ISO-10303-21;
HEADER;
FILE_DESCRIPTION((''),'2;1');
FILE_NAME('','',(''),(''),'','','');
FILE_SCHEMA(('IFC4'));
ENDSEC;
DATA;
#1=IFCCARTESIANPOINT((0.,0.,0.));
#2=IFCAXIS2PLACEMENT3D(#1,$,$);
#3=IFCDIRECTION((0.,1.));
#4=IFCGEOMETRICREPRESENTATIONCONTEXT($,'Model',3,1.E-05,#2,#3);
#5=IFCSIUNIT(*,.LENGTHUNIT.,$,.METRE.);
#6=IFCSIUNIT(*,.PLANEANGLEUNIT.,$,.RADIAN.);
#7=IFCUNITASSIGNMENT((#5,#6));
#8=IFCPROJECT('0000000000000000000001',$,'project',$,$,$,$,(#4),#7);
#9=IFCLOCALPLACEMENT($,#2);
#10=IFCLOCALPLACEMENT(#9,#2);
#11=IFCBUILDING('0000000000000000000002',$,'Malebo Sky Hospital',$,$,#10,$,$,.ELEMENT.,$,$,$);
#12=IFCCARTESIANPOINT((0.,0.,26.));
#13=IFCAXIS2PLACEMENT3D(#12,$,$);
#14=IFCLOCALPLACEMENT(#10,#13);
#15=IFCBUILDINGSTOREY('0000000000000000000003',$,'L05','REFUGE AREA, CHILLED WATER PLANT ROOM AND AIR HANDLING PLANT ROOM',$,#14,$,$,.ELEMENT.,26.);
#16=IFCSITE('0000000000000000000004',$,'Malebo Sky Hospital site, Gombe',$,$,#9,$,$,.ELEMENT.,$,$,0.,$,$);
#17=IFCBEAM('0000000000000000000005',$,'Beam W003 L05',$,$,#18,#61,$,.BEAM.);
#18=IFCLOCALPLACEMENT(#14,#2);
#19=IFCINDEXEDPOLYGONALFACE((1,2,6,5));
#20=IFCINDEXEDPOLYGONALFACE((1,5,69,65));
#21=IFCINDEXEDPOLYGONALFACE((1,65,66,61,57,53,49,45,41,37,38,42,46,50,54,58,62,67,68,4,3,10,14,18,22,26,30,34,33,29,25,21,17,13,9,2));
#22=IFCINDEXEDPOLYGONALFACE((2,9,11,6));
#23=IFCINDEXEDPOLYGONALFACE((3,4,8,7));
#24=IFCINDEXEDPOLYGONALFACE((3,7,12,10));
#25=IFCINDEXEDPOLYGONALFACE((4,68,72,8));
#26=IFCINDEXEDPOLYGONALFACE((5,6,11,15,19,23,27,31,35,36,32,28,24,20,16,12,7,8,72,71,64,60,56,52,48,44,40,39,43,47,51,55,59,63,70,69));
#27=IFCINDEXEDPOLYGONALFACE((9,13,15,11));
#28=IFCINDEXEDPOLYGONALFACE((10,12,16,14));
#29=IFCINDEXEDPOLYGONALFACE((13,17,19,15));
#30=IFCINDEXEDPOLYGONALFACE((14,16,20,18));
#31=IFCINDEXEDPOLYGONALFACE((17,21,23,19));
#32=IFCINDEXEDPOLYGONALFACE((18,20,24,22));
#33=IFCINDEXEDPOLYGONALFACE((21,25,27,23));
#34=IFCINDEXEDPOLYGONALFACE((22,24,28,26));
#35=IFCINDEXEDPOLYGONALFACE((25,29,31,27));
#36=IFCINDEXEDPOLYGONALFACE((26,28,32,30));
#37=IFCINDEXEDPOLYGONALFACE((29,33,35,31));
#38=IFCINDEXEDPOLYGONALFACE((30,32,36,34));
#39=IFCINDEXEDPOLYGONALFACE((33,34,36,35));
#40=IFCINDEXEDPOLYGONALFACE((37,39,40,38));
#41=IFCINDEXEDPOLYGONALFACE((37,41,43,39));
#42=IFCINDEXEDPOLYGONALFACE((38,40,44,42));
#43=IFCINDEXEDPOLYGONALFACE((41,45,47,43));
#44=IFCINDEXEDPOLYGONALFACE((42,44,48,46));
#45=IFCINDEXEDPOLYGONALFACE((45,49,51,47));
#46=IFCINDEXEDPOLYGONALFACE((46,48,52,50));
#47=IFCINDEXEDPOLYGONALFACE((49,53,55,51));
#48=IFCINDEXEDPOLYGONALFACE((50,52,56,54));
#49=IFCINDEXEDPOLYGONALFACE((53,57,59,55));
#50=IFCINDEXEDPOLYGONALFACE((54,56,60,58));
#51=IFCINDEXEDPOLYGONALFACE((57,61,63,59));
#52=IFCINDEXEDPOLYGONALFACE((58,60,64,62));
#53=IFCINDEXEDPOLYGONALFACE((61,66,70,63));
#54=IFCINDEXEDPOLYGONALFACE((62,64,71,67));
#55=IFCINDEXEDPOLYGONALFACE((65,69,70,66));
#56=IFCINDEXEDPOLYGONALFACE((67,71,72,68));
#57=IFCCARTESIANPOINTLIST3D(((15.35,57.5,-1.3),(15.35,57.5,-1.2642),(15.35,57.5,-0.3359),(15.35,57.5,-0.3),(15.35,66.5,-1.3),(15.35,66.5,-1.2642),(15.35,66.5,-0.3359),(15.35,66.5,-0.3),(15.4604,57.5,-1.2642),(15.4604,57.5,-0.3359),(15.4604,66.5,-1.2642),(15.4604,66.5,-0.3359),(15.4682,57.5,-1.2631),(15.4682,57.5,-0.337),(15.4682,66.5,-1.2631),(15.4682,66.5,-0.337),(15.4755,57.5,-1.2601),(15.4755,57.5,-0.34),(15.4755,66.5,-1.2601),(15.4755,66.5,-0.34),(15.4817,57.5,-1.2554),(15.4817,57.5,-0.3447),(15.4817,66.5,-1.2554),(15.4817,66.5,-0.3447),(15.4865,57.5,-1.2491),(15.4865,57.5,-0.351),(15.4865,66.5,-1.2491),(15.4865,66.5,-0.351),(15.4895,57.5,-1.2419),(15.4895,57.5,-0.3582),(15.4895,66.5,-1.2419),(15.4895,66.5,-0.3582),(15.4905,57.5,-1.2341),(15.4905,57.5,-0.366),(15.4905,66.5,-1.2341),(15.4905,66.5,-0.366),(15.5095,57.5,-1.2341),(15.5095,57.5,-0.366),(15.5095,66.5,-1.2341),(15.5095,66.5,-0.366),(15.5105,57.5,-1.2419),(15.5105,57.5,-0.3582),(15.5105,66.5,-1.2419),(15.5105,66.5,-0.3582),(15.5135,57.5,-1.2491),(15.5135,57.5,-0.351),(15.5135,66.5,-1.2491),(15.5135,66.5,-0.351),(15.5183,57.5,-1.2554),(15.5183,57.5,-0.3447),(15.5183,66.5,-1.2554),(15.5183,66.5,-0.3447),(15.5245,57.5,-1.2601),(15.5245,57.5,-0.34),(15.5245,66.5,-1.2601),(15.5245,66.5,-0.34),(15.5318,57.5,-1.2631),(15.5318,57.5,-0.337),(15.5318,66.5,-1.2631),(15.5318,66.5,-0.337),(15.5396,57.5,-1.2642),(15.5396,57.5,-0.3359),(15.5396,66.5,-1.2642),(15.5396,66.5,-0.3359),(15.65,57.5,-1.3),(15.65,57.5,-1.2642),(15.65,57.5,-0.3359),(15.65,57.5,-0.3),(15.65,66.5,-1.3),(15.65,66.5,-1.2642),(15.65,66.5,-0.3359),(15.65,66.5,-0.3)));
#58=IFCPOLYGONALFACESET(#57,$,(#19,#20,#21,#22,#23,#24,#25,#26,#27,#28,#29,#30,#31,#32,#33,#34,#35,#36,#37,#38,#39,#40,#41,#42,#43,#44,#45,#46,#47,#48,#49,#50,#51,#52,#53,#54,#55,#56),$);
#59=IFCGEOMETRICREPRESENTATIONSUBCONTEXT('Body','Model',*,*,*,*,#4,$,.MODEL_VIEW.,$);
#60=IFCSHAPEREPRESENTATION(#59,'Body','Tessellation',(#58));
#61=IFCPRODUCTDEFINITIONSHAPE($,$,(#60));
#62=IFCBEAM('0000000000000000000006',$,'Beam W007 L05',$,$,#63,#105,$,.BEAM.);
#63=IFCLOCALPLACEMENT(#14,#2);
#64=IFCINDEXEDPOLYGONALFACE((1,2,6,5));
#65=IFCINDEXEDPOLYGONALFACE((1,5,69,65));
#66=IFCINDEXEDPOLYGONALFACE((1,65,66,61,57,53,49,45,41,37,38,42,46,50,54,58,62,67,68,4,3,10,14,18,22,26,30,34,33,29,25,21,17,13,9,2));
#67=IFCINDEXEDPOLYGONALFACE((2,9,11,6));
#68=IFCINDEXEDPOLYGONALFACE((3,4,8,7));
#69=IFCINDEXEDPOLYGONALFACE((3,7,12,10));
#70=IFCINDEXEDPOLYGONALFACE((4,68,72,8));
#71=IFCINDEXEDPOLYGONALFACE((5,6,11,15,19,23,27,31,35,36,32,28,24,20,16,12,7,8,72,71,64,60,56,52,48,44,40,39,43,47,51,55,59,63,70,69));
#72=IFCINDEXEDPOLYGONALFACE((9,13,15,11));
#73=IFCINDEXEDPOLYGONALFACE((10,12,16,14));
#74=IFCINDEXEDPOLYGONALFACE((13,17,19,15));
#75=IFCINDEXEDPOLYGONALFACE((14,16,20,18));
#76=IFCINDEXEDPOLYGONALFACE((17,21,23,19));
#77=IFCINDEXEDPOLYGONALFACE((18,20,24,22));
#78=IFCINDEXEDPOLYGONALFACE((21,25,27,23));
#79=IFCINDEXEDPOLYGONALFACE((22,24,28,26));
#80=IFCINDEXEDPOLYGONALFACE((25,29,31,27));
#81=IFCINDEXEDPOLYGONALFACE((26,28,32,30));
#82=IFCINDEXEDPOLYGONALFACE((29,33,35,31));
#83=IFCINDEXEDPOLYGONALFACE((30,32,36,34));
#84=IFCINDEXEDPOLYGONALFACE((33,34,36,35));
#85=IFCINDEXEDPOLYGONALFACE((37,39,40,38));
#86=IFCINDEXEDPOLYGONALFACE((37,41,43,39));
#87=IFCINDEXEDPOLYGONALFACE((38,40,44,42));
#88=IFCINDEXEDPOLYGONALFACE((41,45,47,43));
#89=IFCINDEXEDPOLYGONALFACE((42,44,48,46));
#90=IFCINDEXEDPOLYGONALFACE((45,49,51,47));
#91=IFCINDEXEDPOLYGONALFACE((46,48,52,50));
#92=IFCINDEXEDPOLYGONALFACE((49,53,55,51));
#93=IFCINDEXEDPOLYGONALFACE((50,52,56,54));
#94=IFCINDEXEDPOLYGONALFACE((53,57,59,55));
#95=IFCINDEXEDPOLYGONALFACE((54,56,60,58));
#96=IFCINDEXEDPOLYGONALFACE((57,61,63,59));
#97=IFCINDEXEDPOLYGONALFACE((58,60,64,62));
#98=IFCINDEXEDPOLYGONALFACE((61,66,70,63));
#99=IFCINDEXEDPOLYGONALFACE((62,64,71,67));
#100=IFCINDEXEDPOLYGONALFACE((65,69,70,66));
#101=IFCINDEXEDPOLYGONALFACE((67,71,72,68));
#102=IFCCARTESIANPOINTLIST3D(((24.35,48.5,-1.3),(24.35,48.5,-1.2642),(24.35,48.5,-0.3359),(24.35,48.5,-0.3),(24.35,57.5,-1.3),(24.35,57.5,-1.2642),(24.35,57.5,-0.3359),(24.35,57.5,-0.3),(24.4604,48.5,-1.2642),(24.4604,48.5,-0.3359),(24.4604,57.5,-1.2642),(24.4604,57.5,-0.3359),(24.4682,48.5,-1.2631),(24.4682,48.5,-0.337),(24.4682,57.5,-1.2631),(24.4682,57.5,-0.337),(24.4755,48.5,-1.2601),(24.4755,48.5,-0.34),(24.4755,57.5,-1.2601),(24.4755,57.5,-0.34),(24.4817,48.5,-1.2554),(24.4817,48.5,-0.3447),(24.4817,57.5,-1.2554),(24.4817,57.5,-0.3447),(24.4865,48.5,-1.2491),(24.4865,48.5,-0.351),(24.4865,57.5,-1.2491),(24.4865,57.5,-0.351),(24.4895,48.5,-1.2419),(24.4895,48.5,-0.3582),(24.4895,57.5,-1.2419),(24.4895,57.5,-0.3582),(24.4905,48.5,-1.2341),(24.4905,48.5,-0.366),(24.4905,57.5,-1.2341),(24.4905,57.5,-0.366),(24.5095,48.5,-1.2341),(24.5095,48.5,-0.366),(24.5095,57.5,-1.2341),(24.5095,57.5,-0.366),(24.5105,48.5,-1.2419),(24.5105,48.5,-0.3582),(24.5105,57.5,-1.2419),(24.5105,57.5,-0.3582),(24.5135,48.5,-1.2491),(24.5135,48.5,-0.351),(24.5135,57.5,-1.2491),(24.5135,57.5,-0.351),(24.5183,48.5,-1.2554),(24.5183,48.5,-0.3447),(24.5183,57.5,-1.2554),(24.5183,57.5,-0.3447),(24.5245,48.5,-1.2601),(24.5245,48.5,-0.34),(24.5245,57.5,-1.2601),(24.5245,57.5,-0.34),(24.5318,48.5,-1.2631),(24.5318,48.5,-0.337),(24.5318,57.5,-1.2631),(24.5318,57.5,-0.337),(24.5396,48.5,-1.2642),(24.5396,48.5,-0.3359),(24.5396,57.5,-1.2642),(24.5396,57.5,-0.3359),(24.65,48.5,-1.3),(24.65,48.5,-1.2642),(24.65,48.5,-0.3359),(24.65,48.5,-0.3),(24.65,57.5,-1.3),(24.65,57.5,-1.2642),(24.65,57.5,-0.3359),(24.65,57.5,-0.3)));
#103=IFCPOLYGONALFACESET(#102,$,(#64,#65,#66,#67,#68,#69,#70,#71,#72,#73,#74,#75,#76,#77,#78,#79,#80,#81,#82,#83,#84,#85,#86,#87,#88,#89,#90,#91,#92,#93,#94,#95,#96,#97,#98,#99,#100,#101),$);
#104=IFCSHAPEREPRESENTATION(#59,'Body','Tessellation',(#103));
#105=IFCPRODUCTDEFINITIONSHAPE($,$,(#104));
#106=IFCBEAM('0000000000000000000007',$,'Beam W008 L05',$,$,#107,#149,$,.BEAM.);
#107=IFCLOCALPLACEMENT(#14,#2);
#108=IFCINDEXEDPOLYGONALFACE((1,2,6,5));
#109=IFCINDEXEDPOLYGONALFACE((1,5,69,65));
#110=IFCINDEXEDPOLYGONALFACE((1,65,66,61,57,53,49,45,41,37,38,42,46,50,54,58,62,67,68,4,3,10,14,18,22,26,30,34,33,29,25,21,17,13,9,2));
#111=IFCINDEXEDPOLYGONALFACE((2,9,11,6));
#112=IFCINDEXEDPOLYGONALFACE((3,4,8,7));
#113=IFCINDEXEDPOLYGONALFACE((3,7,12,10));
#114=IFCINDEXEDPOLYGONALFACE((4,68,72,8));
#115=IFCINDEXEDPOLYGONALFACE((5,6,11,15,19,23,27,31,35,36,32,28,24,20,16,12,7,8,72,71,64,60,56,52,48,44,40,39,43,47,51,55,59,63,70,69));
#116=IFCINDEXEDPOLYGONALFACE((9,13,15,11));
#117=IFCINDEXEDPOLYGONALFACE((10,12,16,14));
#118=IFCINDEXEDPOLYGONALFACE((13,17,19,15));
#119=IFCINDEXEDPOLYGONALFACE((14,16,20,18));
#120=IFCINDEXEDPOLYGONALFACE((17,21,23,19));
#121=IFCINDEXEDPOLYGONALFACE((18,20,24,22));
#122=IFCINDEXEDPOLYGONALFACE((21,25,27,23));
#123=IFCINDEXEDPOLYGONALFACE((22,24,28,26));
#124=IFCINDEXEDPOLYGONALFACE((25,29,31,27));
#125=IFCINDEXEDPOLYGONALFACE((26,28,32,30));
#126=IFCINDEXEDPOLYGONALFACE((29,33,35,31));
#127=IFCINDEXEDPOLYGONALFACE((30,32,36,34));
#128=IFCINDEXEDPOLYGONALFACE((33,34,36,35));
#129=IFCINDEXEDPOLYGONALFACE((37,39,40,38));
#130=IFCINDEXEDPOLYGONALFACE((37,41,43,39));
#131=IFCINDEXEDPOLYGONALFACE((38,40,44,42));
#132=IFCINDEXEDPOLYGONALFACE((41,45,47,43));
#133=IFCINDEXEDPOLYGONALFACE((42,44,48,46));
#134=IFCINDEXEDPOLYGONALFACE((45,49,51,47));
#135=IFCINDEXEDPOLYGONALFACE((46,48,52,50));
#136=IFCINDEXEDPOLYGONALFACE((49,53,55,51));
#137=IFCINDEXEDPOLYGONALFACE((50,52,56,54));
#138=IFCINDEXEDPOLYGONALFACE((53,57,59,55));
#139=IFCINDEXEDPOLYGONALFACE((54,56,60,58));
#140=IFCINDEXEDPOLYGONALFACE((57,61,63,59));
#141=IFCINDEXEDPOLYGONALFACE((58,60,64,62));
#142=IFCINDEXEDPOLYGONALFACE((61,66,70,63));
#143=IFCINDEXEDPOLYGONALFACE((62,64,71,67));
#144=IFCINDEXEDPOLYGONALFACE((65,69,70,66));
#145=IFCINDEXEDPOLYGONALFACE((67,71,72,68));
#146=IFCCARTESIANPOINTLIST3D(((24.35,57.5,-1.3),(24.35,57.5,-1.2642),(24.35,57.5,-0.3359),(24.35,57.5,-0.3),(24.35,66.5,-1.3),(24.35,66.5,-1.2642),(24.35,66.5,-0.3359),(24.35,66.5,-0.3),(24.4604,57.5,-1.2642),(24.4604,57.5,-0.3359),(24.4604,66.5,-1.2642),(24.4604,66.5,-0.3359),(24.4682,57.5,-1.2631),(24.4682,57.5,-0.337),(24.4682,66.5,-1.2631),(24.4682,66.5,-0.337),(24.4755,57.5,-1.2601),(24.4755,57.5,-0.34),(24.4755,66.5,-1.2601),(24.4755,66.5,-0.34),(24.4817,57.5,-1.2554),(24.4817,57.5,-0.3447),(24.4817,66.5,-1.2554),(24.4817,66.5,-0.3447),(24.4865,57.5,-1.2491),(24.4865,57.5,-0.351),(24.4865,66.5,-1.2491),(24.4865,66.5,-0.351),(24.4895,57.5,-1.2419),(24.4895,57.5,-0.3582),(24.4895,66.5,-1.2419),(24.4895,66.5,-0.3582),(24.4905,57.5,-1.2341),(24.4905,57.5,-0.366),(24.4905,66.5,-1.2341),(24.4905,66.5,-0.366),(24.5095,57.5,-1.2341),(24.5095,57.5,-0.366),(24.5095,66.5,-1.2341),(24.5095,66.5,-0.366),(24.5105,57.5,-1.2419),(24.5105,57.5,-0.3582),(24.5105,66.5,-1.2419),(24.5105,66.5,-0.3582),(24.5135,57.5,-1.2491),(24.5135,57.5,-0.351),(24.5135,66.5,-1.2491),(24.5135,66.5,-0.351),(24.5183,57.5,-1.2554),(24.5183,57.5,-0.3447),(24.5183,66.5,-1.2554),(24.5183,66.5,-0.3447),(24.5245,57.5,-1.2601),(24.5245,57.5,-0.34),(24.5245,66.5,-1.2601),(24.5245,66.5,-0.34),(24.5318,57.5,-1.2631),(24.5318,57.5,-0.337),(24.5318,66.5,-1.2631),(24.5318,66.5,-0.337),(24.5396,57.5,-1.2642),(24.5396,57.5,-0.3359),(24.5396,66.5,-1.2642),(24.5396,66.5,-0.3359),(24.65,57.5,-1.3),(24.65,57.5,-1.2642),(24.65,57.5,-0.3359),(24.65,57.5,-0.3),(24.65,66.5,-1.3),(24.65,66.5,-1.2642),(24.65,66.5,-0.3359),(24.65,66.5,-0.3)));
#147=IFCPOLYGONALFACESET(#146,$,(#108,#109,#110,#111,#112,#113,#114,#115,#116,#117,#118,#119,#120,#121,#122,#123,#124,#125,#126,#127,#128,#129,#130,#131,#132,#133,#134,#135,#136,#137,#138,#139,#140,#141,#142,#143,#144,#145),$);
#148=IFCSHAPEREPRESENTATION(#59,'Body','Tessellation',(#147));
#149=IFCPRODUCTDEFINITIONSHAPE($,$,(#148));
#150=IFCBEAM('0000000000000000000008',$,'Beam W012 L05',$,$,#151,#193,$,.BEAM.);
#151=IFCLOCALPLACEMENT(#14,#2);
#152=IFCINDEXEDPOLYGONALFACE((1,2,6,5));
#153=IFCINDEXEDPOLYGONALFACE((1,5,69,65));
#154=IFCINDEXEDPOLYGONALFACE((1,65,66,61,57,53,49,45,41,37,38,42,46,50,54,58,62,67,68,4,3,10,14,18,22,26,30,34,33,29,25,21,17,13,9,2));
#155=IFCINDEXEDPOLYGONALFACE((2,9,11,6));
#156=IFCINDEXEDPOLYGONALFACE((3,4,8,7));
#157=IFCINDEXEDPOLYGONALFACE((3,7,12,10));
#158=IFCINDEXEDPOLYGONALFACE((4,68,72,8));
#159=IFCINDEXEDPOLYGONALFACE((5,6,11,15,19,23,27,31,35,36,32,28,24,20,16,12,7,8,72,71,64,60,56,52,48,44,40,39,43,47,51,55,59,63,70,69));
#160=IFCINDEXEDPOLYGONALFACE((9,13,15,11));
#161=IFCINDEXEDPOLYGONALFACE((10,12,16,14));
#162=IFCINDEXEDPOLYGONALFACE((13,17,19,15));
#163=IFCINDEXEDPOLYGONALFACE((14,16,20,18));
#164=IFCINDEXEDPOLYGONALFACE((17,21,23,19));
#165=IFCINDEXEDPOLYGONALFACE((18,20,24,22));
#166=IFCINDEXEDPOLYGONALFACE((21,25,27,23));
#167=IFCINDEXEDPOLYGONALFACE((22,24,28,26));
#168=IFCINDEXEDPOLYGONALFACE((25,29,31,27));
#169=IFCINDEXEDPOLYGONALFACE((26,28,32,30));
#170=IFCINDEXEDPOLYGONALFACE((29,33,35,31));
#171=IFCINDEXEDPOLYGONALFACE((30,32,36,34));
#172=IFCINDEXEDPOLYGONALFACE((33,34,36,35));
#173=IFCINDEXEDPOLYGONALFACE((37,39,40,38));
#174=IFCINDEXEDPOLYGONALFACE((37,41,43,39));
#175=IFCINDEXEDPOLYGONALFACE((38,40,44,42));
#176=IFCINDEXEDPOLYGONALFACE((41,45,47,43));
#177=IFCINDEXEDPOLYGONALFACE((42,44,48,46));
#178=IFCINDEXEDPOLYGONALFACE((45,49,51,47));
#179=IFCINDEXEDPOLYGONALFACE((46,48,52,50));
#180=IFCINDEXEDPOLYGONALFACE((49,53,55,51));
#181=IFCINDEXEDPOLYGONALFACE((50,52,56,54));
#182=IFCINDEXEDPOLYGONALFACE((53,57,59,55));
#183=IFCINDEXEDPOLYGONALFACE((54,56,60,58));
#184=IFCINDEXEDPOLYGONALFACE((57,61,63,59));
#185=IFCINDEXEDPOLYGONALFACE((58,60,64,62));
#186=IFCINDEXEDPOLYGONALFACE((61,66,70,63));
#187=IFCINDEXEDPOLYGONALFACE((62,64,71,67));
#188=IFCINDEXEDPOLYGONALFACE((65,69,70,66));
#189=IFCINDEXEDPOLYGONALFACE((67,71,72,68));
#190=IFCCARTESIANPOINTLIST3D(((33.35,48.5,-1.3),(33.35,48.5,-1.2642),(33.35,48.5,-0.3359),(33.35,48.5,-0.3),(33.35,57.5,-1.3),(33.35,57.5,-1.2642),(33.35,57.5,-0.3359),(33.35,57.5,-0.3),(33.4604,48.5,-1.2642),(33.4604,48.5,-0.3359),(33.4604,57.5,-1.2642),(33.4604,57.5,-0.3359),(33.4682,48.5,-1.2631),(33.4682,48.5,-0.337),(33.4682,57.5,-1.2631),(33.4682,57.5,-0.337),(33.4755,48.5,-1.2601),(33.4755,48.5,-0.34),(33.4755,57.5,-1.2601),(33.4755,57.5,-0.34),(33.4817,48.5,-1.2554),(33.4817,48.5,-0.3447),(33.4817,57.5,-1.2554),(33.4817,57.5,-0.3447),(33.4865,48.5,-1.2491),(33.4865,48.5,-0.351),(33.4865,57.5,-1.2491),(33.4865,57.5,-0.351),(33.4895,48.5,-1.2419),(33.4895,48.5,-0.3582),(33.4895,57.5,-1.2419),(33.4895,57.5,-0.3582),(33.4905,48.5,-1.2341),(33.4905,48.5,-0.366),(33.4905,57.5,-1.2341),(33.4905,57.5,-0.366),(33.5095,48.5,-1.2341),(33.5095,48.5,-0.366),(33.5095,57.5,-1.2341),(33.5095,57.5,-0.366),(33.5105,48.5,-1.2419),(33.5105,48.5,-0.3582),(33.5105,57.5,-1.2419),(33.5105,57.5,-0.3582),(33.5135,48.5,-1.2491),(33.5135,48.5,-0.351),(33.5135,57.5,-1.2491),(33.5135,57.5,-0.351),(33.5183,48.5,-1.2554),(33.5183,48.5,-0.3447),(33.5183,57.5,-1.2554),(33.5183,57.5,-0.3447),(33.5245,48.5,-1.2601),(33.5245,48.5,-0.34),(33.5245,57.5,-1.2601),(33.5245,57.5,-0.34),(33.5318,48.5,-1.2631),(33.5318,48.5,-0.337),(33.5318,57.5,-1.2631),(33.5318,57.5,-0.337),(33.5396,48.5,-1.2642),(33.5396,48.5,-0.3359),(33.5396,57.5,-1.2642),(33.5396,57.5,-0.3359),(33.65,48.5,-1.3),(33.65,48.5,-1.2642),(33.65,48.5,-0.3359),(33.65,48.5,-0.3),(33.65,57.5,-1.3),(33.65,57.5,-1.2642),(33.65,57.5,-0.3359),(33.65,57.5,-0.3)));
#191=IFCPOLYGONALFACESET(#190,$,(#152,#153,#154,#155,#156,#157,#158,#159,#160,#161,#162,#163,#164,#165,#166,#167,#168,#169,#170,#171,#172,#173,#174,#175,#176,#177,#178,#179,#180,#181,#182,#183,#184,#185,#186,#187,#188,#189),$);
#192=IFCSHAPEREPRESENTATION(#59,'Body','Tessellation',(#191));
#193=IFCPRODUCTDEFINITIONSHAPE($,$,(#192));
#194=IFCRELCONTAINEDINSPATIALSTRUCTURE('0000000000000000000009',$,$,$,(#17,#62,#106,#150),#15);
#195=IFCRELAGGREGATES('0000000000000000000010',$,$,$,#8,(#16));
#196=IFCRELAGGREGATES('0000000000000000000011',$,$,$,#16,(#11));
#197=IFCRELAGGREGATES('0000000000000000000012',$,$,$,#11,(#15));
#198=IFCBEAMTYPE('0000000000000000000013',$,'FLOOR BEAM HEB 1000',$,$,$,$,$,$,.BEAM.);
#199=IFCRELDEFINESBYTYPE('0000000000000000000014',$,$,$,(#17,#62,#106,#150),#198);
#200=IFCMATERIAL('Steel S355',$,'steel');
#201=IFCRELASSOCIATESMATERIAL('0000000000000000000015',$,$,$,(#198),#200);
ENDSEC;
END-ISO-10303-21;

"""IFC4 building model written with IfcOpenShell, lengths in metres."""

from ifc_helpers import new_model, si_unit, direction, frame, origin, origin_2d, place, context, subcontext, project, spatial, i_section, extrude, material, material_profile, profile_set, type_object, element, save


model = new_model("IFC4")

# Units and contexts
model_context = context("Model", 3, precision=1e-05, world=origin(), true_north=direction((0.0, 1.0)))
body_context = subcontext(model_context, "Body", "Model", "MODEL_VIEW")
ifc_project = project(units=[si_unit("LENGTHUNIT", "METRE"), si_unit("PLANEANGLEUNIT", "RADIAN")], contexts=[model_context])

# Site, building, storey
site_placement = place(None, origin())
site = spatial("IfcSite", under=ifc_project, at=site_placement, Name="Malebo Sky Hospital site, Gombe", CompositionType="ELEMENT", RefElevation=0.0)
building_placement = place(site_placement, origin())
building = spatial("IfcBuilding", under=site, at=building_placement, Name="Malebo Sky Hospital", CompositionType="ELEMENT")
storey_placement = place(building_placement, frame((0.0, 0.0, 26.0)))
storey = spatial("IfcBuildingStorey", under=building, at=storey_placement, Name="L05", Description="REFUGE AREA, CHILLED WATER PLANT ROOM AND AIR HANDLING PLANT ROOM", CompositionType="ELEMENT", Elevation=26.0)

# Beams
ifc_material_1 = material(Name="Steel S355", Category="steel")
ifc_material_profile_1 = material_profile(ifc_material_1, i_section(OverallWidth=0.3, OverallDepth=1.0, WebThickness=0.019, FlangeThickness=0.0359, FilletRadius=0.03, at=origin_2d()), Name="HEB 1000")
ifc_profile_set_1 = profile_set([ifc_material_profile_1], Name="Steel S355")
beam_type = type_object("IfcBeamType", Name="FLOOR BEAM HEB 1000", PredefinedType="BEAM", material=ifc_profile_set_1)
for number, where, z_axis, x_axis, name in (
    (1, (15.5, 57.5, -0.8), (0.0, 1.0, 0.0), (-1.0, 0.0, 0.0), "Beam W003 L05"),
    (2, (24.5, 48.5, -0.8), (0.0, 1.0, 0.0), (-1.0, 0.0, 0.0), "Beam W007 L05"),
    (3, (24.5, 57.5, -0.8), (0.0, 1.0, 0.0), (-1.0, 0.0, 0.0), "Beam W008 L05"),
    (4, (33.5, 48.5, -0.8), (0.0, 1.0, 0.0), (-1.0, 0.0, 0.0), "Beam W012 L05"),
):
    element("IfcBeam", number, at=place(storey_placement, frame(where, z_axis=z_axis, x_axis=x_axis)), inside=storey, type_object=beam_type, Name=name, PredefinedType="BEAM", context=body_context, shape_type="SweptSolid", body=[
        extrude(i_section(OverallWidth=0.3, OverallDepth=1.0, WebThickness=0.019, FlangeThickness=0.0359, FilletRadius=0.03, at=origin_2d()), origin(), (0.0, 0.0, 1.0), 9.0),
    ])

save(model, "model.ifc")
